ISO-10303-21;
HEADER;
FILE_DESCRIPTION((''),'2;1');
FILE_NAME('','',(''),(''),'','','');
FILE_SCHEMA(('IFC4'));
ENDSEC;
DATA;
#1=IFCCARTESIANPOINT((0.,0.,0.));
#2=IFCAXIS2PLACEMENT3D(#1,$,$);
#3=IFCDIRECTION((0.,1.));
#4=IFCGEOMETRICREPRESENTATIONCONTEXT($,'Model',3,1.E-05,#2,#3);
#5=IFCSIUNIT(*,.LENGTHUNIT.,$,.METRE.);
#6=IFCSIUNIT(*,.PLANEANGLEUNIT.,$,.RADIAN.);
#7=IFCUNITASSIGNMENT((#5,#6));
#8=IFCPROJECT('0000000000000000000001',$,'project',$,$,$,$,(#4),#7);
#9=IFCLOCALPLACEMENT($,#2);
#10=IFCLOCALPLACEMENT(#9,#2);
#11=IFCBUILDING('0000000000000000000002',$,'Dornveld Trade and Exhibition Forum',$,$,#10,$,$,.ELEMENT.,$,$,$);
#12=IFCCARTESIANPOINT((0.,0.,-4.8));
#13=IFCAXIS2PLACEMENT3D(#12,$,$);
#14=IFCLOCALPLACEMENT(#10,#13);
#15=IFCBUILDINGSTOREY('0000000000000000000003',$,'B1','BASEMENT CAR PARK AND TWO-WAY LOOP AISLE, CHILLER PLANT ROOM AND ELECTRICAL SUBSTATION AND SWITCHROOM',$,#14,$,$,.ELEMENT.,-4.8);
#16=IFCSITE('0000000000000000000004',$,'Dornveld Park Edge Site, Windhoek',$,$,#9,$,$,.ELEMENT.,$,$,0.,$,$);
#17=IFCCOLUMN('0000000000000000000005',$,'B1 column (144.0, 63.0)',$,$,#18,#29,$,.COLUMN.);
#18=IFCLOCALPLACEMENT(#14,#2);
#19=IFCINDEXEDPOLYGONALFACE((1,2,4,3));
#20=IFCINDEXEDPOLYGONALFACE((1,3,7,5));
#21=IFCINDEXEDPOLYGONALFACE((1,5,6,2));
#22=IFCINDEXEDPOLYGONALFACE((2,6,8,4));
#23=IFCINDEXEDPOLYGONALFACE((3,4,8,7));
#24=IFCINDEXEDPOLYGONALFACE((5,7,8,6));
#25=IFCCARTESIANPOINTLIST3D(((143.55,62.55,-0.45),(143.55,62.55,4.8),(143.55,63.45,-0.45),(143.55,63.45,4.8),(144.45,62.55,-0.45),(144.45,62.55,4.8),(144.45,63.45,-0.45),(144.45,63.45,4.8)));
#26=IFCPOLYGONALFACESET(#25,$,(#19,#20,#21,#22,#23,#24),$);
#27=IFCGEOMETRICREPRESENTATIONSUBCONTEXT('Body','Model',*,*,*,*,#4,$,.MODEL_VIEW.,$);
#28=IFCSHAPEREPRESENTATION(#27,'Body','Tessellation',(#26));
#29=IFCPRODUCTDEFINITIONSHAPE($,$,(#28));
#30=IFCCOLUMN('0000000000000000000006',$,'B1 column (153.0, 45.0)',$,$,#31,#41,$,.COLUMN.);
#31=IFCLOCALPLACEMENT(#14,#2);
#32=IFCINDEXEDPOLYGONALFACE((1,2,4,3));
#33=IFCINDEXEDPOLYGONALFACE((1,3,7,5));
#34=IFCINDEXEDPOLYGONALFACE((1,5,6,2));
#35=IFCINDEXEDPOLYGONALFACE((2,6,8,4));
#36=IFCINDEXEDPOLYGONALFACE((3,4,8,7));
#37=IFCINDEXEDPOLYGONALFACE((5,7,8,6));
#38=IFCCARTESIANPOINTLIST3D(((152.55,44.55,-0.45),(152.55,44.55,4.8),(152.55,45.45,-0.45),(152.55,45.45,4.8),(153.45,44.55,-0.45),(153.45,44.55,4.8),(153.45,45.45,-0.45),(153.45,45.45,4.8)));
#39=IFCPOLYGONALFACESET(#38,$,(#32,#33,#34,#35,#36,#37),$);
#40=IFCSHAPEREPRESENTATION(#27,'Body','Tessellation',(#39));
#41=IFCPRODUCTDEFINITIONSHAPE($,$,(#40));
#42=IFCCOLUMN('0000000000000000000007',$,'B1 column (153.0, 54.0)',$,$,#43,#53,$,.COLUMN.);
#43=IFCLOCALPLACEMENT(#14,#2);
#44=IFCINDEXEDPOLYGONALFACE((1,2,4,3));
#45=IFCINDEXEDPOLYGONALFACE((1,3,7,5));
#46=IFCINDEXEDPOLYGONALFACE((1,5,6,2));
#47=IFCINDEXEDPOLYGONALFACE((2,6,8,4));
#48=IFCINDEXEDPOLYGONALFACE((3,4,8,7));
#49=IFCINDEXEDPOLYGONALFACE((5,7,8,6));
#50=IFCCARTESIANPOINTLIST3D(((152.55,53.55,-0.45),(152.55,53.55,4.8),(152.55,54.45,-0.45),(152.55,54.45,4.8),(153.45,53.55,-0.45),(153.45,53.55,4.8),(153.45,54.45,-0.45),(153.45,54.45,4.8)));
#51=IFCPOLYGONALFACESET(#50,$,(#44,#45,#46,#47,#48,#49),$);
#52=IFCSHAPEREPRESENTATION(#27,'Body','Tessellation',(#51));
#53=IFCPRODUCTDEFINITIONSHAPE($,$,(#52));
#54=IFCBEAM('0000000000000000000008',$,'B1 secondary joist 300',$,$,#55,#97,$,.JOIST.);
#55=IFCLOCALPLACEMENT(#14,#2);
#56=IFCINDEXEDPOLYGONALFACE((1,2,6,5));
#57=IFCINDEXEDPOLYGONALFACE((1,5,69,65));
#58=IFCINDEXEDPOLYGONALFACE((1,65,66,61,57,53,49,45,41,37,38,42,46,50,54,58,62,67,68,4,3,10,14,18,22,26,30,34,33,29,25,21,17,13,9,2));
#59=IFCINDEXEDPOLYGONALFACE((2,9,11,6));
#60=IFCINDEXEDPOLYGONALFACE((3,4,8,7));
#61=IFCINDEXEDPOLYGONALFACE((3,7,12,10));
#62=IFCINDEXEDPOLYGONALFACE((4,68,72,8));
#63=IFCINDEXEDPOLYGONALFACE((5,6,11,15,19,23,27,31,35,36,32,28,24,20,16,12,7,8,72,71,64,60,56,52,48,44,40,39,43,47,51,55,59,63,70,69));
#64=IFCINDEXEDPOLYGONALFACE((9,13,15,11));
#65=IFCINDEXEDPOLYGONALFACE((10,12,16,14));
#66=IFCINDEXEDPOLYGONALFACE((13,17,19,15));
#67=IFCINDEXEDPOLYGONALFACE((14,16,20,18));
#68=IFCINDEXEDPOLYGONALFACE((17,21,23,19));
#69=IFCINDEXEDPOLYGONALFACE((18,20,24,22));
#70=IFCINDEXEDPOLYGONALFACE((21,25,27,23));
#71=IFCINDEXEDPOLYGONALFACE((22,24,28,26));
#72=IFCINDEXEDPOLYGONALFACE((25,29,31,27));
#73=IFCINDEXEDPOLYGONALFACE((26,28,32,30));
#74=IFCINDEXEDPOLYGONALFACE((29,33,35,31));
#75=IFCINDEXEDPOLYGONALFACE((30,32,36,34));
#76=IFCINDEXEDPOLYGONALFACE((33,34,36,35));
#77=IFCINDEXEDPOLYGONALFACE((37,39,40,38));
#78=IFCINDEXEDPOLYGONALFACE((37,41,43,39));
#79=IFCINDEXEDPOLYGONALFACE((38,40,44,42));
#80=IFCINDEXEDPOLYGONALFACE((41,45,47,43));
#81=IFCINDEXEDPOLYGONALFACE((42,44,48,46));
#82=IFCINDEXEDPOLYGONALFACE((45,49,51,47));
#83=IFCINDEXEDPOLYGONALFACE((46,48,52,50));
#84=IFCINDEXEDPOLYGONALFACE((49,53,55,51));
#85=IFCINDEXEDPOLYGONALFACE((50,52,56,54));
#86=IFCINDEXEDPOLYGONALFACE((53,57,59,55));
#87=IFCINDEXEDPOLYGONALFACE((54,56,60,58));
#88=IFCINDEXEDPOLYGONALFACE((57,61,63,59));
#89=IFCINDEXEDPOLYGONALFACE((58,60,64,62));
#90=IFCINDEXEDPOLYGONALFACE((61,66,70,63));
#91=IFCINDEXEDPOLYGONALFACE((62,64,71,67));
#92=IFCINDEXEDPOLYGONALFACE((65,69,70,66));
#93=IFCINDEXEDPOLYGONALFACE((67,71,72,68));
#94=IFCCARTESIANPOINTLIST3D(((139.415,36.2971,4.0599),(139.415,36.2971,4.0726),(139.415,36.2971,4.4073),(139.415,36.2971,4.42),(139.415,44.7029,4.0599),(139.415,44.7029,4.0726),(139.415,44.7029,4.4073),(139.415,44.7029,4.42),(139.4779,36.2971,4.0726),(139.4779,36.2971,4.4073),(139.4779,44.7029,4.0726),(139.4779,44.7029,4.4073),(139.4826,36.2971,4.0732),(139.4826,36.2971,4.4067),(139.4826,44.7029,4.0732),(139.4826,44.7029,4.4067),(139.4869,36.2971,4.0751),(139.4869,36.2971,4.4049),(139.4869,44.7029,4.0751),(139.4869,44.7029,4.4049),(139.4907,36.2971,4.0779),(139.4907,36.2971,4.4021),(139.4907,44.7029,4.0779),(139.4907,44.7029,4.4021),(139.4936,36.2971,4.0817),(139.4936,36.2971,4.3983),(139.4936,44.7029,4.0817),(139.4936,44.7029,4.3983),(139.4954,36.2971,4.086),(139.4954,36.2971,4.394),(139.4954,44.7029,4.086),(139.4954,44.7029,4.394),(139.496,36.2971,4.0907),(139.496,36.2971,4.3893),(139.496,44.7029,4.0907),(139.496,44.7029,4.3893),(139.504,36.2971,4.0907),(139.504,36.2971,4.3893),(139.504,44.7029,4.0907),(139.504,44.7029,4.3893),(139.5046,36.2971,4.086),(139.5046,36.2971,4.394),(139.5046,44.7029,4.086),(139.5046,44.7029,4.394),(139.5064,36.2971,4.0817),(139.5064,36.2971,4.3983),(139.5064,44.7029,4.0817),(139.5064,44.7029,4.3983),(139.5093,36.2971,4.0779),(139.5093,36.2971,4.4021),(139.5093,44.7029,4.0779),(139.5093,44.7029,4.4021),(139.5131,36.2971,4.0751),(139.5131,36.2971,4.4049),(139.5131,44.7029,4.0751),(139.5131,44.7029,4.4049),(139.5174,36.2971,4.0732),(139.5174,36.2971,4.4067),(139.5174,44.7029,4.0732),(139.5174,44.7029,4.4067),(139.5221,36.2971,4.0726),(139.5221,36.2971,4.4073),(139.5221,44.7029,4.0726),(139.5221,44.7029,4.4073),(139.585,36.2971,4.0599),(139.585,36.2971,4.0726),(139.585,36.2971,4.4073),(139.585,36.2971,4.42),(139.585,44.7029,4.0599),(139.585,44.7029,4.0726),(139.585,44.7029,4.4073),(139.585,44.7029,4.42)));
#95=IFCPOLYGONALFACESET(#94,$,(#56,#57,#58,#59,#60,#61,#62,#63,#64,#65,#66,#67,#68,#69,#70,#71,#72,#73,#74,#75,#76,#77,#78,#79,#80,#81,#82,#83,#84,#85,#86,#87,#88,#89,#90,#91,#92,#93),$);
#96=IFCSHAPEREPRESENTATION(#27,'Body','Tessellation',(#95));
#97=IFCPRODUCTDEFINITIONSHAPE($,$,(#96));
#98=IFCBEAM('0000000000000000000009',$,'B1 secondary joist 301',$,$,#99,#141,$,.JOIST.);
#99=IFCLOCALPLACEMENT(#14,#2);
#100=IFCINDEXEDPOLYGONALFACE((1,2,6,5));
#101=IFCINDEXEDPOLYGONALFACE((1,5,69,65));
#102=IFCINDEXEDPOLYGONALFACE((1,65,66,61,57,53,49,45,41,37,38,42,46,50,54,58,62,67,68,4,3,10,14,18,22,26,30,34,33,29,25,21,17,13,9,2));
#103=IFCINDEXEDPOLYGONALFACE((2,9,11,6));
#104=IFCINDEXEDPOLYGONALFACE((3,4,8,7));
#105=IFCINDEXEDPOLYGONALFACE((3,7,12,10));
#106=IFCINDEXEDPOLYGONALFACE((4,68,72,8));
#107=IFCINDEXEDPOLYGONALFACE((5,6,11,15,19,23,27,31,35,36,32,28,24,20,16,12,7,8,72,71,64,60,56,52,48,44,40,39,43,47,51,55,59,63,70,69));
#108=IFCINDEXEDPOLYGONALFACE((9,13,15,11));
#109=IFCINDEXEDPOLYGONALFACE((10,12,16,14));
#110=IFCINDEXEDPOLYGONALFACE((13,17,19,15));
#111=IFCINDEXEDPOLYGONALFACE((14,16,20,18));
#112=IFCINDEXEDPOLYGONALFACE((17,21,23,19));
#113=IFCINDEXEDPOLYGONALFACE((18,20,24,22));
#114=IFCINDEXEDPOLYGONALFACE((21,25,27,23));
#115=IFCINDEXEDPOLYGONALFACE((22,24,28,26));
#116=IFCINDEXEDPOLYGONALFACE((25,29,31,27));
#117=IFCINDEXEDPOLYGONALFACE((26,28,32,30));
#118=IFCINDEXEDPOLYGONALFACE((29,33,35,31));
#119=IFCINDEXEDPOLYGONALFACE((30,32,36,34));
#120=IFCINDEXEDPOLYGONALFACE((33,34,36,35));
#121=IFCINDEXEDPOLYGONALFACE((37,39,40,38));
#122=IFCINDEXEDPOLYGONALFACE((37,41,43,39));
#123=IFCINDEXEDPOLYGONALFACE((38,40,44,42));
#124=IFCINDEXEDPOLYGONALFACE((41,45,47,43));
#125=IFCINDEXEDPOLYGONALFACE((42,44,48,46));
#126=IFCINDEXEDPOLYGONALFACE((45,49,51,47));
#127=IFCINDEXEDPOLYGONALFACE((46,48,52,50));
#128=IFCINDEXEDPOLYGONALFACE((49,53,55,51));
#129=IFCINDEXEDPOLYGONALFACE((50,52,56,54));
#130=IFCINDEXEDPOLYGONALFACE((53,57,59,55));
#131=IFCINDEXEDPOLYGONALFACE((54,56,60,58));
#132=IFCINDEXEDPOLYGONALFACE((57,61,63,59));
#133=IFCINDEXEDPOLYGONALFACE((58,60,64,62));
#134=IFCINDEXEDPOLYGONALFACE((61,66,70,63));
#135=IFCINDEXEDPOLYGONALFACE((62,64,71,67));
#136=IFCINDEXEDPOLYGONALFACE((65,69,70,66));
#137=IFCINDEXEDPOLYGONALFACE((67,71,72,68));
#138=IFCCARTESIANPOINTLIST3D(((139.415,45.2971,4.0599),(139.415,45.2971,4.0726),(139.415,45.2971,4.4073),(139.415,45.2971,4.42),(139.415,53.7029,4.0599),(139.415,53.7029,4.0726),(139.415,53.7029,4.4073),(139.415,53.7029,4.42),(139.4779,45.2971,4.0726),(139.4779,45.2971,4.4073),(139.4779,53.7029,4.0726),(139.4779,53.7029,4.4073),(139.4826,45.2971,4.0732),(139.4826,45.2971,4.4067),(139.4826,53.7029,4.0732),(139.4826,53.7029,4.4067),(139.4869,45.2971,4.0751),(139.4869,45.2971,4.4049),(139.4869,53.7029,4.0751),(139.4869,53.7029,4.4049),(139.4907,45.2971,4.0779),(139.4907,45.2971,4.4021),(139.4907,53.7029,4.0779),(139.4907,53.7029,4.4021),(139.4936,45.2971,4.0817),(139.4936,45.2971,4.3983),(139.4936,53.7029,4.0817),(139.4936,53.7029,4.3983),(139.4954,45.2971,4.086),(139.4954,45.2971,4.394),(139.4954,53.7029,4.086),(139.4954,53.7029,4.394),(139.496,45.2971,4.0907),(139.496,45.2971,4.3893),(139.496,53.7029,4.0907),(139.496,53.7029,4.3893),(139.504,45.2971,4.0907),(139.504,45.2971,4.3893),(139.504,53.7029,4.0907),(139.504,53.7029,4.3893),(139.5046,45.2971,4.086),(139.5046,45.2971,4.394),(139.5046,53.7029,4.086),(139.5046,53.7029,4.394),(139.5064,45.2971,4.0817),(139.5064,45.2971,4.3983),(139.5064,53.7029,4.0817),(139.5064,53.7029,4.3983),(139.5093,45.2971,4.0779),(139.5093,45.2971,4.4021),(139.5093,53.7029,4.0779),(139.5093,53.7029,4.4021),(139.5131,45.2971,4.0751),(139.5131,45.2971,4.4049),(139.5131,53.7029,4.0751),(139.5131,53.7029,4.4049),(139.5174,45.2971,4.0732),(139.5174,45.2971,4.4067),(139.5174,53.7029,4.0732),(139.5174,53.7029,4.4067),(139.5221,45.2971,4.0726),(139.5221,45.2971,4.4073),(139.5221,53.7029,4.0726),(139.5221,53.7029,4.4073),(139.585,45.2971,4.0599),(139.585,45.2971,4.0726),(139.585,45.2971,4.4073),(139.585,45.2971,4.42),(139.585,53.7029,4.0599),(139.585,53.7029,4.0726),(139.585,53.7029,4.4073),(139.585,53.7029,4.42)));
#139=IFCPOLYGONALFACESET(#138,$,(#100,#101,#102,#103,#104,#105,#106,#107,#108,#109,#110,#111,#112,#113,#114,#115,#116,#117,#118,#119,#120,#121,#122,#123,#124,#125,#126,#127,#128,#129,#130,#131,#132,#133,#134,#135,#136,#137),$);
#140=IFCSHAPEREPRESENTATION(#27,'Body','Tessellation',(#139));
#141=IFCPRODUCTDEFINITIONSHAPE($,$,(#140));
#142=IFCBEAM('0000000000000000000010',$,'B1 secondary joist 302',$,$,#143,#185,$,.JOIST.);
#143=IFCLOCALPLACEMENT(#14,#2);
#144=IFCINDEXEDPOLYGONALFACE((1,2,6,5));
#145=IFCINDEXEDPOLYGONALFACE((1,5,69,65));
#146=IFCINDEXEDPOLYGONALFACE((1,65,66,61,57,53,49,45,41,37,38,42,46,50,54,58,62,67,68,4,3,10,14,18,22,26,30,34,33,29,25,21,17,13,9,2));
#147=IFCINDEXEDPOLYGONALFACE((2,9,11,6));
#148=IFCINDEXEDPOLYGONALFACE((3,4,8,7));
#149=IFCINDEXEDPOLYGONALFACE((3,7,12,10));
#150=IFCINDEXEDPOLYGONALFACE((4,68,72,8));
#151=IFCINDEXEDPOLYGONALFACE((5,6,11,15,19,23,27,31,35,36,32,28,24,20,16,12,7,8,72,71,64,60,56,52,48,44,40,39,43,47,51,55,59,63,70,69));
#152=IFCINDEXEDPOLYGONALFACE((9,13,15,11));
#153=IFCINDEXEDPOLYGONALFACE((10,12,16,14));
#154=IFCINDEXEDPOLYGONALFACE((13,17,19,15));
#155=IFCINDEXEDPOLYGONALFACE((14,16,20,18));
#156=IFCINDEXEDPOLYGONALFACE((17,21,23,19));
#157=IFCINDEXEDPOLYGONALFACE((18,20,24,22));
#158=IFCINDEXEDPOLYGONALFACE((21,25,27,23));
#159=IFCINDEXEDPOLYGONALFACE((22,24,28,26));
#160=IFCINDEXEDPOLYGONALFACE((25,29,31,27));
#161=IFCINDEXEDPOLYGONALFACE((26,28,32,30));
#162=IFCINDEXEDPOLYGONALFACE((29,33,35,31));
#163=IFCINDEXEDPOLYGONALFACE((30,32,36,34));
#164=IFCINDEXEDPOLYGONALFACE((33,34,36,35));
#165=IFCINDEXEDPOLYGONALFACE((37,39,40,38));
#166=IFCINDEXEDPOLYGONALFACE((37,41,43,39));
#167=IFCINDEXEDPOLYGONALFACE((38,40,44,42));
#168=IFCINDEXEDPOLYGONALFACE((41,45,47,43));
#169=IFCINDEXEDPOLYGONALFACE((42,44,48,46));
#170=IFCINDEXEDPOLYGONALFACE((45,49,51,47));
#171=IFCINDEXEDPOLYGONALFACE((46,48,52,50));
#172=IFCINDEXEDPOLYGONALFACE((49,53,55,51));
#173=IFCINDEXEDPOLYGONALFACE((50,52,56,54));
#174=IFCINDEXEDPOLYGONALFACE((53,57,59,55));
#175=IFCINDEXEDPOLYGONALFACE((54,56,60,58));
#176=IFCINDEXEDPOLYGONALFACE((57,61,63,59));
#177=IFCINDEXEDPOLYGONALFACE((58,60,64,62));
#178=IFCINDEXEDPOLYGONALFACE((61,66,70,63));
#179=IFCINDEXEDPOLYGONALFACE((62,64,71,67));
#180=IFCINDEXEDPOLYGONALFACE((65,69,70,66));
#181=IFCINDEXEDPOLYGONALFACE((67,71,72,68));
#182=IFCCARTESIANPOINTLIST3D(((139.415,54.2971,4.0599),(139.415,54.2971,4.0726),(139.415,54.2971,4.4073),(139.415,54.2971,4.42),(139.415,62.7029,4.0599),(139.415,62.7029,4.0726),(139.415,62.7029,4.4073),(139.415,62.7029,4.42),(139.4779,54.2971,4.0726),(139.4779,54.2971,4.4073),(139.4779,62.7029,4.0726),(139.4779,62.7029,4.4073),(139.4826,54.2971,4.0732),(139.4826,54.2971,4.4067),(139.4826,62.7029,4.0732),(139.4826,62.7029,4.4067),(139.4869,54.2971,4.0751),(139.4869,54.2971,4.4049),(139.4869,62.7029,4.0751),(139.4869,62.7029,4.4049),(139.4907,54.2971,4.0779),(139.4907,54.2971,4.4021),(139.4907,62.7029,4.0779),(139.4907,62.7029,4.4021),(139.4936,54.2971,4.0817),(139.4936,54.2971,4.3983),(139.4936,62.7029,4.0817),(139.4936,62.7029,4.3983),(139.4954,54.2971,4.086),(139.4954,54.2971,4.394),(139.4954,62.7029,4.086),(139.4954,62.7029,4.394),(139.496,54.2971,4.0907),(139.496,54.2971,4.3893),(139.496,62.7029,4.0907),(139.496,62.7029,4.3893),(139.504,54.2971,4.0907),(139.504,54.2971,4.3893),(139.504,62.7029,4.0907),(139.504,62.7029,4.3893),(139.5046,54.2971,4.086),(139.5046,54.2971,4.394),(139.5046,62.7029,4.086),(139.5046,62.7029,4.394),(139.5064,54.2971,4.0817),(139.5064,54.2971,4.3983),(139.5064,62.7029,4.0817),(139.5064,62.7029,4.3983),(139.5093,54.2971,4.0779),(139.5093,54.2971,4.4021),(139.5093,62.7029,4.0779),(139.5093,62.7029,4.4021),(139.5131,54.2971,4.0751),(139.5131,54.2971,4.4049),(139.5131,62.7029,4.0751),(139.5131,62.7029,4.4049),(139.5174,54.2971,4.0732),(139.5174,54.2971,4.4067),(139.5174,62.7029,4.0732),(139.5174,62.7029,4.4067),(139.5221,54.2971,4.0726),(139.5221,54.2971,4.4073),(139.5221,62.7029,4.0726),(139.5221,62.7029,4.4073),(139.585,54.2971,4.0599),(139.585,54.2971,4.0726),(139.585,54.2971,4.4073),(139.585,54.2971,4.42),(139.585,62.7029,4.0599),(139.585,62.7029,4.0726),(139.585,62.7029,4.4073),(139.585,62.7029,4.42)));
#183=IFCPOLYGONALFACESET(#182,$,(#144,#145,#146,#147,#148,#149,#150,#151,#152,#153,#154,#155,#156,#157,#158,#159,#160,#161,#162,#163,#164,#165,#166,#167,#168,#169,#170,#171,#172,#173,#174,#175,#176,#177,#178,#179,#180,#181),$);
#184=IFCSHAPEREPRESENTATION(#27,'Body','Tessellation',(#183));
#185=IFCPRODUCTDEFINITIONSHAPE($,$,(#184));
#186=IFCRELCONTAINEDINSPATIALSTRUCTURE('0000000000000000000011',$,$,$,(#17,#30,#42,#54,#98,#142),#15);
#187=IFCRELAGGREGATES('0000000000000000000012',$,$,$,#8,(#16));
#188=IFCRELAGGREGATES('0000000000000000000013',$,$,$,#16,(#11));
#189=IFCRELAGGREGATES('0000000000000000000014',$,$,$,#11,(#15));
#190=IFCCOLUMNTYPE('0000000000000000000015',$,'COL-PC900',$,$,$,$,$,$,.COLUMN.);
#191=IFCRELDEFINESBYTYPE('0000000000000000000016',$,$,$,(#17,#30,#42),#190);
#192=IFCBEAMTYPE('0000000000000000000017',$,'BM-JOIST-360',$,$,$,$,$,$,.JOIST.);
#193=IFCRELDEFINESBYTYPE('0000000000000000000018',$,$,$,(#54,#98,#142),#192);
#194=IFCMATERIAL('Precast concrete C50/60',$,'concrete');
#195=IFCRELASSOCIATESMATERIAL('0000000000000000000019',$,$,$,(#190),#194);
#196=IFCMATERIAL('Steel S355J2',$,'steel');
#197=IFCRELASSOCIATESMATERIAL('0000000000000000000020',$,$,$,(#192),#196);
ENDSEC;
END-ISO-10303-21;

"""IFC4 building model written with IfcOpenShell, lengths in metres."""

from ifc_helpers import new_model, si_unit, direction, frame, origin, origin_2d, place, context, subcontext, project, spatial, rectangle, i_section, extrude, material, material_profile, profile_set, type_object, element, save


model = new_model("IFC4")

# Units and contexts
model_context = context("Model", 3, precision=1e-05, world=origin(), true_north=direction((0.0, 1.0)))
body_context = subcontext(model_context, "Body", "Model", "MODEL_VIEW")
ifc_project = project(units=[si_unit("LENGTHUNIT", "METRE"), si_unit("PLANEANGLEUNIT", "RADIAN")], contexts=[model_context])

# Site, building, storey
site_placement = place(None, origin())
site = spatial("IfcSite", under=ifc_project, at=site_placement, Name="Dornveld Park Edge Site, Windhoek", CompositionType="ELEMENT", RefElevation=0.0)
building_placement = place(site_placement, origin())
building = spatial("IfcBuilding", under=site, at=building_placement, Name="Dornveld Trade and Exhibition Forum", CompositionType="ELEMENT")
storey_placement = place(building_placement, frame((0.0, 0.0, -4.8)))
storey = spatial("IfcBuildingStorey", under=building, at=storey_placement, Name="B1", Description="BASEMENT CAR PARK AND TWO-WAY LOOP AISLE, CHILLER PLANT ROOM AND ELECTRICAL SUBSTATION AND SWITCHROOM", CompositionType="ELEMENT", Elevation=-4.8)

# Columns
ifc_material_1 = material(Name="Precast concrete C50/60", Category="concrete")
ifc_material_profile_1 = material_profile(ifc_material_1, rectangle(XDim=0.8999, YDim=0.8999, at=origin_2d()), Name="PC-COL 900x900")
ifc_profile_set_1 = profile_set([ifc_material_profile_1], Name="Precast concrete C50/60")
column_type = type_object("IfcColumnType", Name="COL-PC900", PredefinedType="COLUMN", material=ifc_profile_set_1)
for number, where, z_axis, x_axis, name in (
    (1, (144.0, 63.0, -0.45), (0.0, 0.0, 1.0), (1.0, 0.0, 0.0), "B1 column (144.0, 63.0)"),
    (2, (153.0, 45.0, -0.45), (0.0, 0.0, 1.0), (1.0, 0.0, 0.0), "B1 column (153.0, 45.0)"),
    (3, (153.0, 54.0, -0.45), (0.0, 0.0, 1.0), (1.0, 0.0, 0.0), "B1 column (153.0, 54.0)"),
):
    element("IfcColumn", number, at=place(storey_placement, frame(where, z_axis=z_axis, x_axis=x_axis)), inside=storey, type_object=column_type, Name=name, PredefinedType="COLUMN", context=body_context, shape_type="SweptSolid", body=[
        extrude(rectangle(XDim=0.8999, YDim=0.8999, at=origin_2d()), origin(), (0.0, 0.0, 1.0), 5.25),
    ])

# Beams
ifc_material_2 = material(Name="Steel S355J2", Category="steel")
ifc_material_profile_2 = material_profile(ifc_material_2, i_section(OverallWidth=0.1699, OverallDepth=0.3601, WebThickness=0.0081, FlangeThickness=0.0127, FilletRadius=0.0181, at=origin_2d()), Name="IPE 360")
ifc_profile_set_2 = profile_set([ifc_material_profile_2], Name="Steel S355J2")
beam_type_1 = type_object("IfcBeamType", Name="BM-JOIST-360", PredefinedType="JOIST", material=ifc_profile_set_2)
for number, where, z_axis, x_axis, name in (
    (4, (139.5, 36.2971, 4.24), (0.0, 1.0, 0.0), (-1.0, 0.0, 0.0), "B1 secondary joist 300"),
    (5, (139.5, 45.2971, 4.24), (0.0, 1.0, 0.0), (-1.0, 0.0, 0.0), "B1 secondary joist 301"),
    (6, (139.5, 54.2971, 4.24), (0.0, 1.0, 0.0), (-1.0, 0.0, 0.0), "B1 secondary joist 302"),
):
    element("IfcBeam", number, at=place(storey_placement, frame(where, z_axis=z_axis, x_axis=x_axis)), inside=storey, type_object=beam_type_1, Name=name, PredefinedType="JOIST", context=body_context, shape_type="SweptSolid", body=[
        extrude(i_section(OverallWidth=0.1699, OverallDepth=0.3601, WebThickness=0.0081, FlangeThickness=0.0127, FilletRadius=0.0181, at=origin_2d()), origin(), (0.0, 0.0, 1.0), 8.4058),
    ])

save(model, "model.ifc")
